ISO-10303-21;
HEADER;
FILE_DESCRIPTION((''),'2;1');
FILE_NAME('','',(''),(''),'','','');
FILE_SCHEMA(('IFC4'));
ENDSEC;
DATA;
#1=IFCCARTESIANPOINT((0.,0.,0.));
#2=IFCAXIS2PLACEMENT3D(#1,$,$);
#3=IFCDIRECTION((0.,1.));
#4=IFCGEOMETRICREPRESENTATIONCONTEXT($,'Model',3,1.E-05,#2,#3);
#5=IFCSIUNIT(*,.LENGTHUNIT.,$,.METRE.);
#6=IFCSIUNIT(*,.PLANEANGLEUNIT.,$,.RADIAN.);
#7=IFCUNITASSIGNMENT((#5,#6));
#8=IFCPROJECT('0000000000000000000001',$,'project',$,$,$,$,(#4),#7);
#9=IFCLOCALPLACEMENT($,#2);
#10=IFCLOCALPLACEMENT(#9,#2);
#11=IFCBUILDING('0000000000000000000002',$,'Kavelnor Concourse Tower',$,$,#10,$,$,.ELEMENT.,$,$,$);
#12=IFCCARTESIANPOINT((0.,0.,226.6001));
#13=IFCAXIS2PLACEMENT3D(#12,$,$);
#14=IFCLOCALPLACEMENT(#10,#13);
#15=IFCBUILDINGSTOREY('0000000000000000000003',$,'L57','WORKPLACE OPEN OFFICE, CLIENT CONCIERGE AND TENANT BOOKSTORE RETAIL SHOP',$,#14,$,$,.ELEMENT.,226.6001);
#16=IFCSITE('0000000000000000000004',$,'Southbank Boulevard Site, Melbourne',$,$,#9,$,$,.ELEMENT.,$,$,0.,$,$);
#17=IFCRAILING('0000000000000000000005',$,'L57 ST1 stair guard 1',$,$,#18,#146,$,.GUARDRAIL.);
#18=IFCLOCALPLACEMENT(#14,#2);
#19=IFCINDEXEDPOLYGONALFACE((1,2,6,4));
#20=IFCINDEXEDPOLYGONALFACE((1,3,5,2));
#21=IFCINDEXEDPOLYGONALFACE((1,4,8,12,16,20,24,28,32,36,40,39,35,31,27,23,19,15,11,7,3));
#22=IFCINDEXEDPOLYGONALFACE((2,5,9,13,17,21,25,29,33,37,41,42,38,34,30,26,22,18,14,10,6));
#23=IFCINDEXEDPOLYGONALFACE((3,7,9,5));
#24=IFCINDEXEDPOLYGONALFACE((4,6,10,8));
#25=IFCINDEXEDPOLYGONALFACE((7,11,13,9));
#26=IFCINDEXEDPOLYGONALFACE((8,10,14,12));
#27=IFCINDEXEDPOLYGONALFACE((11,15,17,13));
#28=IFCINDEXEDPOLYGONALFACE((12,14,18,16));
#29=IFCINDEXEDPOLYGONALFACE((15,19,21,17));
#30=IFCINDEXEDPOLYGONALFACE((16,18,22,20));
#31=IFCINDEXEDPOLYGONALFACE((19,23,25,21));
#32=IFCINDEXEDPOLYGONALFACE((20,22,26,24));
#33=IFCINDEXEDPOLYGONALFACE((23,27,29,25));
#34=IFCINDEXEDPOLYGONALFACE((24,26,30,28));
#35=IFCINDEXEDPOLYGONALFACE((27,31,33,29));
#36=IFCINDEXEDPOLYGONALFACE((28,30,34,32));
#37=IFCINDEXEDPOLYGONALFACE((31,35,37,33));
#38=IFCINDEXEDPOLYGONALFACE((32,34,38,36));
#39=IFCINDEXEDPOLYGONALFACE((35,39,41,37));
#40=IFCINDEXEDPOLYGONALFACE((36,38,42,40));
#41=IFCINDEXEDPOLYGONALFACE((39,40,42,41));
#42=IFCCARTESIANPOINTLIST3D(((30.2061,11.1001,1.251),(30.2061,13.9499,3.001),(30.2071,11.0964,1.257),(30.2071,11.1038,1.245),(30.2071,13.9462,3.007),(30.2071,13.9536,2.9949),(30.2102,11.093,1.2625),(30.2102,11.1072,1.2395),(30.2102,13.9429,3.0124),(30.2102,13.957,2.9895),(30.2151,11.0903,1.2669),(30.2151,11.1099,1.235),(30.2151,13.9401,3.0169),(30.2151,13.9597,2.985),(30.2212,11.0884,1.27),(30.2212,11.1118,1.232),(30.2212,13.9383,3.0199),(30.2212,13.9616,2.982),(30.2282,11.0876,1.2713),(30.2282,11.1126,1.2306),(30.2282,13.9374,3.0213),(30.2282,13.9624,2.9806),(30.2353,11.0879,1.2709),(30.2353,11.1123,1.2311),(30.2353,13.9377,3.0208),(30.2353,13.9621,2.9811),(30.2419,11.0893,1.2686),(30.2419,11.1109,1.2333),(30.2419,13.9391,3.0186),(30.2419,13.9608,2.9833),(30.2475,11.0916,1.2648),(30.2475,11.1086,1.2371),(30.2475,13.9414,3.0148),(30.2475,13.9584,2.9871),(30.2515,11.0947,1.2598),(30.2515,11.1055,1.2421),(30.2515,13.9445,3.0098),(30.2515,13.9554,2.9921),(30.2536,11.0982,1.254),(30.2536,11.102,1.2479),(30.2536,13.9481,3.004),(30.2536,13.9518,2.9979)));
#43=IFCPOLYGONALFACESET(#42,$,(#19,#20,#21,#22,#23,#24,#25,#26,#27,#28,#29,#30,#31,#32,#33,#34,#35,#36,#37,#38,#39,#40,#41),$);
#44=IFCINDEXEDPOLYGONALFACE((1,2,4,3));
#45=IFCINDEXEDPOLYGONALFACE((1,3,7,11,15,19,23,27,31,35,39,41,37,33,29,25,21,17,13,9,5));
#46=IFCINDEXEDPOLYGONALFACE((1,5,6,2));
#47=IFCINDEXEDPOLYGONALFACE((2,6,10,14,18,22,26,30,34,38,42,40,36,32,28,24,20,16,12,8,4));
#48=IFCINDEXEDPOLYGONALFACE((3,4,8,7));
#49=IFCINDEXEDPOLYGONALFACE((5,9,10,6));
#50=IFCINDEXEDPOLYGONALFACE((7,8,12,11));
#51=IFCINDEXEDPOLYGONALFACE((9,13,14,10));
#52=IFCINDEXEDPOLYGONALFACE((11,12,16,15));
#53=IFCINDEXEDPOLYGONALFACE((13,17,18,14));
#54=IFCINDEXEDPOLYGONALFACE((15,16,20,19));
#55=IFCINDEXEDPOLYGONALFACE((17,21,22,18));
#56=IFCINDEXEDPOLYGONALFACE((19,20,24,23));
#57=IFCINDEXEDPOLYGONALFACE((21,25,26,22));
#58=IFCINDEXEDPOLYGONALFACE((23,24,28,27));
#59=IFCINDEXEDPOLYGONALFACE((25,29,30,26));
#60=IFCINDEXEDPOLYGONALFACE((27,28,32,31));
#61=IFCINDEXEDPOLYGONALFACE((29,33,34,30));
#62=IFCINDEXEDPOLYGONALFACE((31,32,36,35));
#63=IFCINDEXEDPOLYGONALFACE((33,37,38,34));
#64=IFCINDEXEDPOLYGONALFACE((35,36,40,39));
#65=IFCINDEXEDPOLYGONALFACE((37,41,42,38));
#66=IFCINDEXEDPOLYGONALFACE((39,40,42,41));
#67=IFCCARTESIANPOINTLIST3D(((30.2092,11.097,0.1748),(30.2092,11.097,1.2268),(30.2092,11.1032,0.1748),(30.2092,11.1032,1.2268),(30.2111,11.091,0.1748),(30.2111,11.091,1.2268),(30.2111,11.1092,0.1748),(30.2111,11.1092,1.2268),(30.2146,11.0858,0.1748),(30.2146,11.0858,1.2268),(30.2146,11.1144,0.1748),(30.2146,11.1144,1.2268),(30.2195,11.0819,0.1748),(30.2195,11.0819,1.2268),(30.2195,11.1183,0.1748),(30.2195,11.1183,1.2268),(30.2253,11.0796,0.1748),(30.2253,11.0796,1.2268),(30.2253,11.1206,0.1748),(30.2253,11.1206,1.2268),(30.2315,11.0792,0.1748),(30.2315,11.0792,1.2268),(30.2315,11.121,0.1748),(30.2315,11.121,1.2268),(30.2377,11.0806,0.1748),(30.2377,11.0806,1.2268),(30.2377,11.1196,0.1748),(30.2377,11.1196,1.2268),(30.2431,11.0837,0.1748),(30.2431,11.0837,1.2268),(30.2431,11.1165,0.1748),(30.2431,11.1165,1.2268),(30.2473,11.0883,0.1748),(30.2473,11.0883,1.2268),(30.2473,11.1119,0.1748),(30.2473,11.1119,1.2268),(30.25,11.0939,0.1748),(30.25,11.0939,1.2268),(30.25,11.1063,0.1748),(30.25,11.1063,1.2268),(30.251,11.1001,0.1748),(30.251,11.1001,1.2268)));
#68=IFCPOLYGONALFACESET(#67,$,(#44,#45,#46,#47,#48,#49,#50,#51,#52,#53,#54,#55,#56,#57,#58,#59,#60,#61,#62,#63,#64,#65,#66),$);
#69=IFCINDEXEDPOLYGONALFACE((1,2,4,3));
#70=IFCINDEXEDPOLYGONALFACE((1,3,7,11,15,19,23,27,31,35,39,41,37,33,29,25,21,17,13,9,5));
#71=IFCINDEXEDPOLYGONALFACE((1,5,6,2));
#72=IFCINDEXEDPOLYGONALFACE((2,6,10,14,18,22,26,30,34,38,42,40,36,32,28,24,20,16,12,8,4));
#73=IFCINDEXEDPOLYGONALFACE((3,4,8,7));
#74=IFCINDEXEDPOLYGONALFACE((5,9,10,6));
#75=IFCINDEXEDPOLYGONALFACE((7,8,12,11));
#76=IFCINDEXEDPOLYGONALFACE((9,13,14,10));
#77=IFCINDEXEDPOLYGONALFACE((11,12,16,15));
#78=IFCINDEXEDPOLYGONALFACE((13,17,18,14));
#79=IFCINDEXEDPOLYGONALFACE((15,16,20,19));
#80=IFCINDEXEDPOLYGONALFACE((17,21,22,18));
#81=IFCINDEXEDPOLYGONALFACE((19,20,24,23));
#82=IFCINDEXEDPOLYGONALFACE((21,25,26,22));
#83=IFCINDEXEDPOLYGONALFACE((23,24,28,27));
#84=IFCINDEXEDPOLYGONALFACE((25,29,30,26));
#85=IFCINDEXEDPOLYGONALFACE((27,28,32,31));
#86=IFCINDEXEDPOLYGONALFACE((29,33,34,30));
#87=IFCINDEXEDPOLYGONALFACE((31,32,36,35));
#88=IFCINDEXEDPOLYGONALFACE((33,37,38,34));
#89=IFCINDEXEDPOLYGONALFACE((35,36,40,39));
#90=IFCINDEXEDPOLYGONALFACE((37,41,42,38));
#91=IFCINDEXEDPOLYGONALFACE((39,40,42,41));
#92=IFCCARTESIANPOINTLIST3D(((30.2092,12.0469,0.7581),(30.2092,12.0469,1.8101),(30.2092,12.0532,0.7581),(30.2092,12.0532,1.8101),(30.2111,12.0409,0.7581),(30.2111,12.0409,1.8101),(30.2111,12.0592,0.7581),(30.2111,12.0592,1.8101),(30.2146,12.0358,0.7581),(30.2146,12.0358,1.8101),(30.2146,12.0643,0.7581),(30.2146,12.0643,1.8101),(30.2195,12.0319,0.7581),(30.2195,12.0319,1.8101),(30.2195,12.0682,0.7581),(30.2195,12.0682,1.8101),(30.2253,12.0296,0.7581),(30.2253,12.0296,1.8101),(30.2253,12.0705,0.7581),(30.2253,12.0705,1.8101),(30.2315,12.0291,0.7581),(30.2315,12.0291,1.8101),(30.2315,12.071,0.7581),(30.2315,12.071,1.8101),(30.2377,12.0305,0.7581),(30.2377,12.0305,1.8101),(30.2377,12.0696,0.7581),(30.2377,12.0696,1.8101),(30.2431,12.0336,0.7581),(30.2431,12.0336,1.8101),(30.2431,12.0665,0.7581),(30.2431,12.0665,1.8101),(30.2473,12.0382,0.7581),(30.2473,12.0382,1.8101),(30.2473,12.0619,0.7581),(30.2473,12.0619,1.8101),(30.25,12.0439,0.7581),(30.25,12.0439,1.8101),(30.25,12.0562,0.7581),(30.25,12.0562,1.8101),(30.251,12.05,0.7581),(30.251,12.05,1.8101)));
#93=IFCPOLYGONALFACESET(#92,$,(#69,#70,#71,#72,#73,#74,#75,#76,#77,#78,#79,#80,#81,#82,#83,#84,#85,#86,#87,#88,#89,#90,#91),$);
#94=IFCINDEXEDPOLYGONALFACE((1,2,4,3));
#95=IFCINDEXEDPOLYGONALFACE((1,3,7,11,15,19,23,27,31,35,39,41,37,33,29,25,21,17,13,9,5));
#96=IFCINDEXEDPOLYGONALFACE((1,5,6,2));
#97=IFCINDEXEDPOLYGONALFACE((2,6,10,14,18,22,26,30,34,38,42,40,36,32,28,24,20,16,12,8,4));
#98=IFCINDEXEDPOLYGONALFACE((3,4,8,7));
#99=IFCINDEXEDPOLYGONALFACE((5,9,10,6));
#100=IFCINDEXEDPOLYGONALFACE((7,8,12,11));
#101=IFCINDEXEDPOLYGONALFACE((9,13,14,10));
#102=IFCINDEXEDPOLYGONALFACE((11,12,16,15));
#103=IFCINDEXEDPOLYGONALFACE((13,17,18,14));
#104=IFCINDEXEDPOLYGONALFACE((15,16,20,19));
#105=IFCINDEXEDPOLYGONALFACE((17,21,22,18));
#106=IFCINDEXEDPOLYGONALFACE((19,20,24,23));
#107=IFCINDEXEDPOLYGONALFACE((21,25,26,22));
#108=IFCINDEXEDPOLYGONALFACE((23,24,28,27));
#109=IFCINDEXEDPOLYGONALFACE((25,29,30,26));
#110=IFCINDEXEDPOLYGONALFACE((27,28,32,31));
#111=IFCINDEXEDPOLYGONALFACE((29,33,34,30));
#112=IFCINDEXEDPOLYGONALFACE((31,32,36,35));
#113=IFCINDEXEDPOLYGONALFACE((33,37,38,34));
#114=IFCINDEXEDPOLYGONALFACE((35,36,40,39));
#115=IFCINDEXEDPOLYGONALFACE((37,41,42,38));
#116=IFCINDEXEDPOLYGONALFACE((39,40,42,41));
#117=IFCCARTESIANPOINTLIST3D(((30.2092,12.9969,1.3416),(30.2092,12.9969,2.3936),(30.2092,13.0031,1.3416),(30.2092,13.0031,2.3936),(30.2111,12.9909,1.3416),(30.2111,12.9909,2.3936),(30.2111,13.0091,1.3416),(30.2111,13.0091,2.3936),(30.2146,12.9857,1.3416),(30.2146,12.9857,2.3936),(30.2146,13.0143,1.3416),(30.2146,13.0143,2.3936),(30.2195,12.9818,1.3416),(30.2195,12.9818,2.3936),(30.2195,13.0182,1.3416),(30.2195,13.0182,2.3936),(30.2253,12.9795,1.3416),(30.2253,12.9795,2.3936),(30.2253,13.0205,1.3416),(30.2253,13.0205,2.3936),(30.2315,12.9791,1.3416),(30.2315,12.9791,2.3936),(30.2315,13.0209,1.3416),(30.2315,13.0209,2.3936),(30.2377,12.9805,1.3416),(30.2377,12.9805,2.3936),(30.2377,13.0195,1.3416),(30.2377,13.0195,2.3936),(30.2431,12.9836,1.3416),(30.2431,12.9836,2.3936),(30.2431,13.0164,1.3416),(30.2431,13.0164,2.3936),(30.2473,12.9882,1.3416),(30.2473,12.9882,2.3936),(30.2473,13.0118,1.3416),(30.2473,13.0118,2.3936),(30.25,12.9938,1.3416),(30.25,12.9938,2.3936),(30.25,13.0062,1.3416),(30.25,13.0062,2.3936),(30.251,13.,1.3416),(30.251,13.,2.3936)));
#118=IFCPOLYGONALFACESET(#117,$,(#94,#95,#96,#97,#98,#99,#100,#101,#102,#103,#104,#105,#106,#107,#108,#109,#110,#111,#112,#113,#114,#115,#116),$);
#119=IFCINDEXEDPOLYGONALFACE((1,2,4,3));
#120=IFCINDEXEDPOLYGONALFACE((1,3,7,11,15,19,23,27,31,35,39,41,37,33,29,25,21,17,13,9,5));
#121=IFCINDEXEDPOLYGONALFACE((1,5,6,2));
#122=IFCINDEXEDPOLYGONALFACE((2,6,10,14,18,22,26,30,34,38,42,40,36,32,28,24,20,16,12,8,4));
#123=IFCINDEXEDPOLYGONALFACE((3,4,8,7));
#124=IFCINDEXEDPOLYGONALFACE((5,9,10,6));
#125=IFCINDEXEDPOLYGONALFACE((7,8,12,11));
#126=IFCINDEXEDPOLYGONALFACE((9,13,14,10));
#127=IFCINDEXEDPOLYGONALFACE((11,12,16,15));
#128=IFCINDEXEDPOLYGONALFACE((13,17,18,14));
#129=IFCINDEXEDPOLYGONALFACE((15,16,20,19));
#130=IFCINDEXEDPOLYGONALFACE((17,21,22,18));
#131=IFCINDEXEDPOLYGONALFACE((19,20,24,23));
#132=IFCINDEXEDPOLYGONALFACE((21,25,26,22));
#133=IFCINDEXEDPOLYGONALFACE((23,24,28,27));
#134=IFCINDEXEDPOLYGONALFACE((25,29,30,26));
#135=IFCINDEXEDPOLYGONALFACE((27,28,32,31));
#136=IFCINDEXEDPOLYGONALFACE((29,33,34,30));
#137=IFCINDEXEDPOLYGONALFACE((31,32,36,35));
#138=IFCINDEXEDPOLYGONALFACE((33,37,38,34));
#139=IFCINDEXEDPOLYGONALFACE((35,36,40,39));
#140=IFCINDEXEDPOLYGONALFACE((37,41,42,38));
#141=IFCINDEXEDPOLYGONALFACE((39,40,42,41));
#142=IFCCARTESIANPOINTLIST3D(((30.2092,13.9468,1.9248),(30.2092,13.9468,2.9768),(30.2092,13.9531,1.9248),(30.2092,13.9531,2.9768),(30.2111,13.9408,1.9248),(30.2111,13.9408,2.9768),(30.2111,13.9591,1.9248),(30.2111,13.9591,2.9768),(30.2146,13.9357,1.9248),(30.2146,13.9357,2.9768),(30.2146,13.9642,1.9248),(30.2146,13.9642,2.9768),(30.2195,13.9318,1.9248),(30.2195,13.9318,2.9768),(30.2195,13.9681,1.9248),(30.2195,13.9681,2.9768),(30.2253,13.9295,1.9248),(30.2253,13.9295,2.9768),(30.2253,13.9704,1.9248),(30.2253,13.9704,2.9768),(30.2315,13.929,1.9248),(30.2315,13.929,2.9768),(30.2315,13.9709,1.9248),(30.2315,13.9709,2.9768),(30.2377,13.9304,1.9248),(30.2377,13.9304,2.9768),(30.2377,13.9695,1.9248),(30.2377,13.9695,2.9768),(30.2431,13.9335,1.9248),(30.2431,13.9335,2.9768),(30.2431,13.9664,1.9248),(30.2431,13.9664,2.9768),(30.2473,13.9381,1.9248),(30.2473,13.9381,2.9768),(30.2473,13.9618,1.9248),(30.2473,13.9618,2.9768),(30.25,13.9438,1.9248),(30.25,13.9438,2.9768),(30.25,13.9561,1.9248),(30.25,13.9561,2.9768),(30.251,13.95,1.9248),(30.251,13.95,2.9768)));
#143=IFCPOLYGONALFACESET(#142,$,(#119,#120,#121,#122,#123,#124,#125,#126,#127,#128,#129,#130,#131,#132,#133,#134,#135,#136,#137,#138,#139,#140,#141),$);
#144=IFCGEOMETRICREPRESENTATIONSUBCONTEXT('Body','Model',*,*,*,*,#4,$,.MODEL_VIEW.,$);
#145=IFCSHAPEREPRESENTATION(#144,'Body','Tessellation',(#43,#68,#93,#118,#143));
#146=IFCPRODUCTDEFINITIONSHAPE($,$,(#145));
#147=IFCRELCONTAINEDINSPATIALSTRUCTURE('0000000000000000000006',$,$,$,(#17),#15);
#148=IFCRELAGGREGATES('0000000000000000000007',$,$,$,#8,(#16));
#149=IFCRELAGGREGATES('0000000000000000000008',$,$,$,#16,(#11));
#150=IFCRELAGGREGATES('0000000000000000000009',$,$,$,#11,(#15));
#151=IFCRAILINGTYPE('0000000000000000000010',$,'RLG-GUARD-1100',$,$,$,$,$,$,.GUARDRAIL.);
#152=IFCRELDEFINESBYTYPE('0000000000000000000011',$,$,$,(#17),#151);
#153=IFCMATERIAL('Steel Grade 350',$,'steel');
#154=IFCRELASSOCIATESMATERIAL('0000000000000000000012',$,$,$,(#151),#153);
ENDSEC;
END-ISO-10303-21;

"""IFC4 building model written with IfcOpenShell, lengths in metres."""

from ifc_helpers import new_model, si_unit, direction, frame, origin, origin_2d, place, context, subcontext, project, spatial, circle, extrude, material, type_object, element, save


model = new_model("IFC4")

# Units and contexts
model_context = context("Model", 3, precision=1e-05, world=origin(), true_north=direction((0.0, 1.0)))
body_context = subcontext(model_context, "Body", "Model", "MODEL_VIEW")
ifc_project = project(units=[si_unit("LENGTHUNIT", "METRE"), si_unit("PLANEANGLEUNIT", "RADIAN")], contexts=[model_context])

# Site, building, storey
site_placement = place(None, origin())
site = spatial("IfcSite", under=ifc_project, at=site_placement, Name="Southbank Boulevard Site, Melbourne", CompositionType="ELEMENT", RefElevation=0.0)
building_placement = place(site_placement, origin())
building = spatial("IfcBuilding", under=site, at=building_placement, Name="Kavelnor Concourse Tower", CompositionType="ELEMENT")
storey_placement = place(building_placement, frame((0.0, 0.0, 226.6001)))
storey = spatial("IfcBuildingStorey", under=building, at=storey_placement, Name="L57", Description="WORKPLACE OPEN OFFICE, CLIENT CONCIERGE AND TENANT BOOKSTORE RETAIL SHOP", CompositionType="ELEMENT", Elevation=226.6001)

# Shared definitions
ifc_material_1 = material(Name="Steel Grade 350", Category="steel")

# Railing
railing_type_1 = type_object("IfcRailingType", Name="RLG-GUARD-1100", PredefinedType="GUARDRAIL", material=ifc_material_1)
railing_1_placement = place(storey_placement, frame((30.23, 11.1001, 0.1748)))
element("IfcRailing", 1, at=railing_1_placement, inside=storey, type_object=railing_type_1, Name="L57 ST1 stair guard 1", PredefinedType="GUARDRAIL", context=body_context, shape_type="SweptSolid", body=[
    extrude(circle(Radius=0.0239, at=origin_2d()), frame((0.0, 0.0, 1.0762), z_axis=(0.0, 0.852159, 0.523283), x_axis=(-1.0, 0.0, 0.0)), (0.0, 0.0, 1.0), 3.3442),
    extrude(circle(Radius=0.021, at=origin_2d()), origin(), (0.0, 0.0, 1.0), 1.052),
    extrude(circle(Radius=0.021, at=origin_2d()), frame((0.0, 0.95, 0.5833)), (0.0, 0.0, 1.0), 1.052),
    extrude(circle(Radius=0.021, at=origin_2d()), frame((0.0, 1.8999, 1.1667)), (0.0, 0.0, 1.0), 1.052),
    extrude(circle(Radius=0.021, at=origin_2d()), frame((0.0, 2.8499, 1.75)), (0.0, 0.0, 1.0), 1.052),
])

save(model, "model.ifc")
